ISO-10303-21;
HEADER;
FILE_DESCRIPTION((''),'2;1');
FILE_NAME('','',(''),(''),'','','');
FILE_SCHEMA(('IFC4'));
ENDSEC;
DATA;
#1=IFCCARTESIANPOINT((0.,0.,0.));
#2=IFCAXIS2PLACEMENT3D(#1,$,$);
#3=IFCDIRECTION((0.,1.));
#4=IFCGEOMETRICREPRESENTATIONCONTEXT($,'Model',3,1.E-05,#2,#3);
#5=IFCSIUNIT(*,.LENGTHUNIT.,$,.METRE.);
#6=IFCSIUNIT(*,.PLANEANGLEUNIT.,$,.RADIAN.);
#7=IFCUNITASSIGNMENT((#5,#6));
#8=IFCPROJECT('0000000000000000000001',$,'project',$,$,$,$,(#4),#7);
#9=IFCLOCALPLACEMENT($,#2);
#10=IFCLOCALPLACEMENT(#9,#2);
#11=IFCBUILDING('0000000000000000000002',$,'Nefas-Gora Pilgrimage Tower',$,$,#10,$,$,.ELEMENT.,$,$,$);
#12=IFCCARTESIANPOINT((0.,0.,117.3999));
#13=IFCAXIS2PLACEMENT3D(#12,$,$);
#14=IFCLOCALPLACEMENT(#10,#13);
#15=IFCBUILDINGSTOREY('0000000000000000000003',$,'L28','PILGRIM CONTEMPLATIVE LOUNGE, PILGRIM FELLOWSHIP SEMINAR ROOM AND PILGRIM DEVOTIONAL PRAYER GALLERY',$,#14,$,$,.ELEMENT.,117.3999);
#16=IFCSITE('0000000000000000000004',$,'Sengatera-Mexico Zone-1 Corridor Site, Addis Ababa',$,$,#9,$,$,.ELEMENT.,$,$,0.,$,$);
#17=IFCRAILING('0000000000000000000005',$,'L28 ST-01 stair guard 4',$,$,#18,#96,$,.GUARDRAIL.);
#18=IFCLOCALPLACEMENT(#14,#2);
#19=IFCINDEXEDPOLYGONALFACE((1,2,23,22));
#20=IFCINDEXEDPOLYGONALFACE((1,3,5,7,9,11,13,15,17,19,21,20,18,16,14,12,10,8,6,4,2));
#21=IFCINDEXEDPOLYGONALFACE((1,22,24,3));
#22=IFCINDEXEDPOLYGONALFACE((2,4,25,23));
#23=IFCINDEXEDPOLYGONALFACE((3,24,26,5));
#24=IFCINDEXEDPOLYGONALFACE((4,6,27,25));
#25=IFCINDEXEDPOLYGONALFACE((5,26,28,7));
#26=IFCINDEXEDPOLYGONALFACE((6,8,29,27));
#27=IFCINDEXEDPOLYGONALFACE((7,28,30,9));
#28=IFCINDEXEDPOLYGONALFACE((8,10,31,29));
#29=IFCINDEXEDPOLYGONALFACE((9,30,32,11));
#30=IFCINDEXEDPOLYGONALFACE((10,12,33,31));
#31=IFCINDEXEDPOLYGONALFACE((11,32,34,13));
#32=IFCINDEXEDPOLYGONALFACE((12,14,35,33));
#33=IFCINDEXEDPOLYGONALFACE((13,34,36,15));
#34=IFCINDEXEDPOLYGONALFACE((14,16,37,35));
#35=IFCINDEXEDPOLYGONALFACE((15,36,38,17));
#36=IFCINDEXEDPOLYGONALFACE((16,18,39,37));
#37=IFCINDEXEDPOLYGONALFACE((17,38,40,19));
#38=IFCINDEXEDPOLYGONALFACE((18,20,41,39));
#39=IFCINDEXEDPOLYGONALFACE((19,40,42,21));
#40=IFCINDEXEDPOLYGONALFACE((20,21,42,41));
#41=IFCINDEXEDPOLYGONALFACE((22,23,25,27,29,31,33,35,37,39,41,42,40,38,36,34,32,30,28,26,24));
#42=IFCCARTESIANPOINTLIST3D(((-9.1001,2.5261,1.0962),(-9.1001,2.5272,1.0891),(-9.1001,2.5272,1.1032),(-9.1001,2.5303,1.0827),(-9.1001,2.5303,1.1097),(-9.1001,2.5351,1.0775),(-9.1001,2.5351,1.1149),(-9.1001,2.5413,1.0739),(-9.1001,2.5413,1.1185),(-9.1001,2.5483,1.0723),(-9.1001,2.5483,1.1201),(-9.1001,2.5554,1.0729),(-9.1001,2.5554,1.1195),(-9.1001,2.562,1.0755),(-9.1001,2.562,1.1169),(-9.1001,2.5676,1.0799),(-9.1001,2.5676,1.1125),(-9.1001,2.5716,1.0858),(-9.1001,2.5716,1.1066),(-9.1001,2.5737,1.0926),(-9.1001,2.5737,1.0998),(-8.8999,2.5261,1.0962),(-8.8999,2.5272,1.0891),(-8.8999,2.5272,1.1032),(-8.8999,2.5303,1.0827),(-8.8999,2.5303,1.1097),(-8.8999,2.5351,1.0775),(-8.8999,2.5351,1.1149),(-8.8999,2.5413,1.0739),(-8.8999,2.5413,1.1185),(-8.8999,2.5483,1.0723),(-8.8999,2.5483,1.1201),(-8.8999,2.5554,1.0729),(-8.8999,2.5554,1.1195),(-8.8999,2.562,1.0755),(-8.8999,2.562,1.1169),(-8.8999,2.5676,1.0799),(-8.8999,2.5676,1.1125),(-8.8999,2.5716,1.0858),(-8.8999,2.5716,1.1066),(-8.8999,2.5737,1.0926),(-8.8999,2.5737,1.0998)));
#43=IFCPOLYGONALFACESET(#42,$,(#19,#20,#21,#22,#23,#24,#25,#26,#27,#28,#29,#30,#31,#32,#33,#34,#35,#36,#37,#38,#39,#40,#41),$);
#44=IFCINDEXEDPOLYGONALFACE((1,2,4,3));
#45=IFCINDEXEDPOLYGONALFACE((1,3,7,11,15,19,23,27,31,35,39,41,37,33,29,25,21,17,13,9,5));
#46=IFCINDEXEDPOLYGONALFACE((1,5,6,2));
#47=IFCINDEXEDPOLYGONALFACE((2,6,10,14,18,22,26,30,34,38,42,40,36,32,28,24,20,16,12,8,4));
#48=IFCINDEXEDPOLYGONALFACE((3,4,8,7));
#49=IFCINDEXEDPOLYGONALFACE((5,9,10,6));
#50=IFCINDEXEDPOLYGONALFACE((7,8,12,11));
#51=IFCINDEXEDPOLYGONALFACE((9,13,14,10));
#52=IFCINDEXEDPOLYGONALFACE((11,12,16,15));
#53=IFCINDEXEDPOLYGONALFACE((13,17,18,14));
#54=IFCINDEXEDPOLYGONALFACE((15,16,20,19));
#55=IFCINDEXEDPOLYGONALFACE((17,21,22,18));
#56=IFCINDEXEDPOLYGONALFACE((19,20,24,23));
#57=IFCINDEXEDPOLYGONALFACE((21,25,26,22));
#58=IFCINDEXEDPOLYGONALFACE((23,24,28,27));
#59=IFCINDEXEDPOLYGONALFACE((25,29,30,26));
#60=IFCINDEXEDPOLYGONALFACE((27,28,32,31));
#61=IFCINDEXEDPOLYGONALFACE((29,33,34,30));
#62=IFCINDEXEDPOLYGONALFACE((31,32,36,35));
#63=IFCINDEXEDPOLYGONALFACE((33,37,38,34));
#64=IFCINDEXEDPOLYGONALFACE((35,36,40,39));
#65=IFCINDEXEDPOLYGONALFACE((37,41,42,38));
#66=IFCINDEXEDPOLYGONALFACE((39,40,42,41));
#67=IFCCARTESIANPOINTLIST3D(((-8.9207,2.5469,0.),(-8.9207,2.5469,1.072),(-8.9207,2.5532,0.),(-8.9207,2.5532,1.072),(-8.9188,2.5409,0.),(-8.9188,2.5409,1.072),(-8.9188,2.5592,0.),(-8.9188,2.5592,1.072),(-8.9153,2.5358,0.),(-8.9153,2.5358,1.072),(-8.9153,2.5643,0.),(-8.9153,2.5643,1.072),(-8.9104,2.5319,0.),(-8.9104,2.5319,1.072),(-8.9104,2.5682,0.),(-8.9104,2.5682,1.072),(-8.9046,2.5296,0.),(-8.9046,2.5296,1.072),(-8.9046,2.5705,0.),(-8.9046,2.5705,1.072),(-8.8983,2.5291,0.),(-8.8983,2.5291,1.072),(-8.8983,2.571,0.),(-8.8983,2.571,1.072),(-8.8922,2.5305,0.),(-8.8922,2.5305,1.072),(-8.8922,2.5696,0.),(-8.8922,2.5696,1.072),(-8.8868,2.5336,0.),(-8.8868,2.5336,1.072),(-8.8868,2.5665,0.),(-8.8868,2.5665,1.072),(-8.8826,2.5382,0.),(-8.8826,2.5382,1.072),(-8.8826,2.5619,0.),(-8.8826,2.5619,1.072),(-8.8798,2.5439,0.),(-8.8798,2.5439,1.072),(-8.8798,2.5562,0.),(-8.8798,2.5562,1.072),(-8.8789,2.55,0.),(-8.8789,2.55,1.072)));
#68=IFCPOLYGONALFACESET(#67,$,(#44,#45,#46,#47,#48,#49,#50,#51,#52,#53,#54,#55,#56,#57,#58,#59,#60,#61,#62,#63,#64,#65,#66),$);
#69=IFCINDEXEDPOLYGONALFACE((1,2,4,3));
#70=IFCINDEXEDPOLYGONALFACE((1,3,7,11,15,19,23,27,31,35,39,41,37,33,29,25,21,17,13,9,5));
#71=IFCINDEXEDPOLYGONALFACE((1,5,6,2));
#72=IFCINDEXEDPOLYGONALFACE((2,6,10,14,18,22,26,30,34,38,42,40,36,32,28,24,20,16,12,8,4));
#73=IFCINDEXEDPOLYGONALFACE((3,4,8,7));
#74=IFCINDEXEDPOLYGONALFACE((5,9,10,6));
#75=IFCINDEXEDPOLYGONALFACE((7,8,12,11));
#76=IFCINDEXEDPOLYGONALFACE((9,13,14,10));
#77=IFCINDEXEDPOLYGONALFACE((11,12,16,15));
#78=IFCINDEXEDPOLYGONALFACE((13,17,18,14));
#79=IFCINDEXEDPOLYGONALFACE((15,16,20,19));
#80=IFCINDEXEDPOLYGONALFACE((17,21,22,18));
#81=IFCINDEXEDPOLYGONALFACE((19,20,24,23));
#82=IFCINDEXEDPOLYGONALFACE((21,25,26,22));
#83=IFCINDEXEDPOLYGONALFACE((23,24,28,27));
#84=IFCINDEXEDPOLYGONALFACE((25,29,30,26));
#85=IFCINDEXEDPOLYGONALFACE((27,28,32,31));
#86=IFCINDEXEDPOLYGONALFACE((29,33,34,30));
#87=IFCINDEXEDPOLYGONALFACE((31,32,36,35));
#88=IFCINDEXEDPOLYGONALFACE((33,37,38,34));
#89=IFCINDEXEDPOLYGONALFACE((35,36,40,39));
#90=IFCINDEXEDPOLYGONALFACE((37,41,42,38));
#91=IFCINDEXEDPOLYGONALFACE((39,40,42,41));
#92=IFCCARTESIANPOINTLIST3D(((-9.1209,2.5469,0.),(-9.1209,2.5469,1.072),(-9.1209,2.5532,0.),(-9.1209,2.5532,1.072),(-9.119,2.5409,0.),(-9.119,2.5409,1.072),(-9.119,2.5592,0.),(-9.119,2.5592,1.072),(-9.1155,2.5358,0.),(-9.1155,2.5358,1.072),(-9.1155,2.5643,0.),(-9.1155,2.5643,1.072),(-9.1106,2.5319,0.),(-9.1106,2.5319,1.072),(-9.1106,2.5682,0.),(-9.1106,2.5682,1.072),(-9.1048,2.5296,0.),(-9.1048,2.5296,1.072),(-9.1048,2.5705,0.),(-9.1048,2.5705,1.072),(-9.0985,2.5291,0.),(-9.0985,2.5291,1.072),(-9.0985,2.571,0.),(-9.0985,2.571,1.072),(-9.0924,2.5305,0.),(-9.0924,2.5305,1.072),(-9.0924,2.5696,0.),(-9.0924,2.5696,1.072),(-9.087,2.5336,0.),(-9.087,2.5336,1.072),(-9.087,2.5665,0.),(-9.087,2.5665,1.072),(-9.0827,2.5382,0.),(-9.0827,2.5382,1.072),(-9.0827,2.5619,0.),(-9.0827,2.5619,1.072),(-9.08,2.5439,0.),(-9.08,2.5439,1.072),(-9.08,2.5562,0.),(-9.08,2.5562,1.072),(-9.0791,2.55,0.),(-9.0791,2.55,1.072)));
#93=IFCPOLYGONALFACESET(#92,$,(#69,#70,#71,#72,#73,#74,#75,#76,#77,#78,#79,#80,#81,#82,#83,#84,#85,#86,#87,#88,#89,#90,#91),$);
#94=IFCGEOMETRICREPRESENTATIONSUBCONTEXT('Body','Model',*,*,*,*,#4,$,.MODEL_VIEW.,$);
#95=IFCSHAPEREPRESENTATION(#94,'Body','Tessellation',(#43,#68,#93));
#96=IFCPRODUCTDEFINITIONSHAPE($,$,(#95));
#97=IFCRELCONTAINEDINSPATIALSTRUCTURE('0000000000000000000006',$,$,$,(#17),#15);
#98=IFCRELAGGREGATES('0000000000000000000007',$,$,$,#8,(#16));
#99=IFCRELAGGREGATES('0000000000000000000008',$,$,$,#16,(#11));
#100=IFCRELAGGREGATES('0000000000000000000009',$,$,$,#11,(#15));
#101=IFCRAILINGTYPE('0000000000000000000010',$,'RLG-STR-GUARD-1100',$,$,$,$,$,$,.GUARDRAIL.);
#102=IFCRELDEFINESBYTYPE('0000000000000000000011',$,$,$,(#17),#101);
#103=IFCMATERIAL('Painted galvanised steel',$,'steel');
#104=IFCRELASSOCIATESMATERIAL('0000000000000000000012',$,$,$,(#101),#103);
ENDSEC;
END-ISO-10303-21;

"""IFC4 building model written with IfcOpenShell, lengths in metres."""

from ifc_helpers import new_model, si_unit, direction, frame, origin, origin_2d, place, context, subcontext, project, spatial, circle, extrude, material, type_object, element, save


model = new_model("IFC4")

# Units and contexts
model_context = context("Model", 3, precision=1e-05, world=origin(), true_north=direction((0.0, 1.0)))
body_context = subcontext(model_context, "Body", "Model", "MODEL_VIEW")
ifc_project = project(units=[si_unit("LENGTHUNIT", "METRE"), si_unit("PLANEANGLEUNIT", "RADIAN")], contexts=[model_context])

# Site, building, storey
site_placement = place(None, origin())
site = spatial("IfcSite", under=ifc_project, at=site_placement, Name="Sengatera-Mexico Zone-1 Corridor Site, Addis Ababa", CompositionType="ELEMENT", RefElevation=0.0)
building_placement = place(site_placement, origin())
building = spatial("IfcBuilding", under=site, at=building_placement, Name="Nefas-Gora Pilgrimage Tower", CompositionType="ELEMENT")
storey_placement = place(building_placement, frame((0.0, 0.0, 117.3999)))
storey = spatial("IfcBuildingStorey", under=building, at=storey_placement, Name="L28", Description="PILGRIM CONTEMPLATIVE LOUNGE, PILGRIM FELLOWSHIP SEMINAR ROOM AND PILGRIM DEVOTIONAL PRAYER GALLERY", CompositionType="ELEMENT", Elevation=117.3999)

# Railing
ifc_material_1 = material(Name="Painted galvanised steel", Category="steel")
railing_type_1 = type_object("IfcRailingType", Name="RLG-STR-GUARD-1100", PredefinedType="GUARDRAIL", material=ifc_material_1)
railing_1_placement = place(storey_placement, frame((-8.8999, 2.55, 0.0)))
element("IfcRailing", 1, at=railing_1_placement, inside=storey, type_object=railing_type_1, Name="L28 ST-01 stair guard 4", PredefinedType="GUARDRAIL", context=body_context, shape_type="SweptSolid", body=[
    extrude(circle(Radius=0.0239, at=origin_2d()), frame((0.0, 0.0, 1.0962), z_axis=(-1.0, 0.0, 0.0), x_axis=(0.0, -1.0, 0.0)), (0.0, 0.0, 1.0), 0.2002),
    extrude(circle(Radius=0.021, at=origin_2d()), origin(), (0.0, 0.0, 1.0), 1.072),
    extrude(circle(Radius=0.021, at=origin_2d()), frame((-0.2002, 0.0, 0.0)), (0.0, 0.0, 1.0), 1.072),
])

save(model, "model.ifc")
